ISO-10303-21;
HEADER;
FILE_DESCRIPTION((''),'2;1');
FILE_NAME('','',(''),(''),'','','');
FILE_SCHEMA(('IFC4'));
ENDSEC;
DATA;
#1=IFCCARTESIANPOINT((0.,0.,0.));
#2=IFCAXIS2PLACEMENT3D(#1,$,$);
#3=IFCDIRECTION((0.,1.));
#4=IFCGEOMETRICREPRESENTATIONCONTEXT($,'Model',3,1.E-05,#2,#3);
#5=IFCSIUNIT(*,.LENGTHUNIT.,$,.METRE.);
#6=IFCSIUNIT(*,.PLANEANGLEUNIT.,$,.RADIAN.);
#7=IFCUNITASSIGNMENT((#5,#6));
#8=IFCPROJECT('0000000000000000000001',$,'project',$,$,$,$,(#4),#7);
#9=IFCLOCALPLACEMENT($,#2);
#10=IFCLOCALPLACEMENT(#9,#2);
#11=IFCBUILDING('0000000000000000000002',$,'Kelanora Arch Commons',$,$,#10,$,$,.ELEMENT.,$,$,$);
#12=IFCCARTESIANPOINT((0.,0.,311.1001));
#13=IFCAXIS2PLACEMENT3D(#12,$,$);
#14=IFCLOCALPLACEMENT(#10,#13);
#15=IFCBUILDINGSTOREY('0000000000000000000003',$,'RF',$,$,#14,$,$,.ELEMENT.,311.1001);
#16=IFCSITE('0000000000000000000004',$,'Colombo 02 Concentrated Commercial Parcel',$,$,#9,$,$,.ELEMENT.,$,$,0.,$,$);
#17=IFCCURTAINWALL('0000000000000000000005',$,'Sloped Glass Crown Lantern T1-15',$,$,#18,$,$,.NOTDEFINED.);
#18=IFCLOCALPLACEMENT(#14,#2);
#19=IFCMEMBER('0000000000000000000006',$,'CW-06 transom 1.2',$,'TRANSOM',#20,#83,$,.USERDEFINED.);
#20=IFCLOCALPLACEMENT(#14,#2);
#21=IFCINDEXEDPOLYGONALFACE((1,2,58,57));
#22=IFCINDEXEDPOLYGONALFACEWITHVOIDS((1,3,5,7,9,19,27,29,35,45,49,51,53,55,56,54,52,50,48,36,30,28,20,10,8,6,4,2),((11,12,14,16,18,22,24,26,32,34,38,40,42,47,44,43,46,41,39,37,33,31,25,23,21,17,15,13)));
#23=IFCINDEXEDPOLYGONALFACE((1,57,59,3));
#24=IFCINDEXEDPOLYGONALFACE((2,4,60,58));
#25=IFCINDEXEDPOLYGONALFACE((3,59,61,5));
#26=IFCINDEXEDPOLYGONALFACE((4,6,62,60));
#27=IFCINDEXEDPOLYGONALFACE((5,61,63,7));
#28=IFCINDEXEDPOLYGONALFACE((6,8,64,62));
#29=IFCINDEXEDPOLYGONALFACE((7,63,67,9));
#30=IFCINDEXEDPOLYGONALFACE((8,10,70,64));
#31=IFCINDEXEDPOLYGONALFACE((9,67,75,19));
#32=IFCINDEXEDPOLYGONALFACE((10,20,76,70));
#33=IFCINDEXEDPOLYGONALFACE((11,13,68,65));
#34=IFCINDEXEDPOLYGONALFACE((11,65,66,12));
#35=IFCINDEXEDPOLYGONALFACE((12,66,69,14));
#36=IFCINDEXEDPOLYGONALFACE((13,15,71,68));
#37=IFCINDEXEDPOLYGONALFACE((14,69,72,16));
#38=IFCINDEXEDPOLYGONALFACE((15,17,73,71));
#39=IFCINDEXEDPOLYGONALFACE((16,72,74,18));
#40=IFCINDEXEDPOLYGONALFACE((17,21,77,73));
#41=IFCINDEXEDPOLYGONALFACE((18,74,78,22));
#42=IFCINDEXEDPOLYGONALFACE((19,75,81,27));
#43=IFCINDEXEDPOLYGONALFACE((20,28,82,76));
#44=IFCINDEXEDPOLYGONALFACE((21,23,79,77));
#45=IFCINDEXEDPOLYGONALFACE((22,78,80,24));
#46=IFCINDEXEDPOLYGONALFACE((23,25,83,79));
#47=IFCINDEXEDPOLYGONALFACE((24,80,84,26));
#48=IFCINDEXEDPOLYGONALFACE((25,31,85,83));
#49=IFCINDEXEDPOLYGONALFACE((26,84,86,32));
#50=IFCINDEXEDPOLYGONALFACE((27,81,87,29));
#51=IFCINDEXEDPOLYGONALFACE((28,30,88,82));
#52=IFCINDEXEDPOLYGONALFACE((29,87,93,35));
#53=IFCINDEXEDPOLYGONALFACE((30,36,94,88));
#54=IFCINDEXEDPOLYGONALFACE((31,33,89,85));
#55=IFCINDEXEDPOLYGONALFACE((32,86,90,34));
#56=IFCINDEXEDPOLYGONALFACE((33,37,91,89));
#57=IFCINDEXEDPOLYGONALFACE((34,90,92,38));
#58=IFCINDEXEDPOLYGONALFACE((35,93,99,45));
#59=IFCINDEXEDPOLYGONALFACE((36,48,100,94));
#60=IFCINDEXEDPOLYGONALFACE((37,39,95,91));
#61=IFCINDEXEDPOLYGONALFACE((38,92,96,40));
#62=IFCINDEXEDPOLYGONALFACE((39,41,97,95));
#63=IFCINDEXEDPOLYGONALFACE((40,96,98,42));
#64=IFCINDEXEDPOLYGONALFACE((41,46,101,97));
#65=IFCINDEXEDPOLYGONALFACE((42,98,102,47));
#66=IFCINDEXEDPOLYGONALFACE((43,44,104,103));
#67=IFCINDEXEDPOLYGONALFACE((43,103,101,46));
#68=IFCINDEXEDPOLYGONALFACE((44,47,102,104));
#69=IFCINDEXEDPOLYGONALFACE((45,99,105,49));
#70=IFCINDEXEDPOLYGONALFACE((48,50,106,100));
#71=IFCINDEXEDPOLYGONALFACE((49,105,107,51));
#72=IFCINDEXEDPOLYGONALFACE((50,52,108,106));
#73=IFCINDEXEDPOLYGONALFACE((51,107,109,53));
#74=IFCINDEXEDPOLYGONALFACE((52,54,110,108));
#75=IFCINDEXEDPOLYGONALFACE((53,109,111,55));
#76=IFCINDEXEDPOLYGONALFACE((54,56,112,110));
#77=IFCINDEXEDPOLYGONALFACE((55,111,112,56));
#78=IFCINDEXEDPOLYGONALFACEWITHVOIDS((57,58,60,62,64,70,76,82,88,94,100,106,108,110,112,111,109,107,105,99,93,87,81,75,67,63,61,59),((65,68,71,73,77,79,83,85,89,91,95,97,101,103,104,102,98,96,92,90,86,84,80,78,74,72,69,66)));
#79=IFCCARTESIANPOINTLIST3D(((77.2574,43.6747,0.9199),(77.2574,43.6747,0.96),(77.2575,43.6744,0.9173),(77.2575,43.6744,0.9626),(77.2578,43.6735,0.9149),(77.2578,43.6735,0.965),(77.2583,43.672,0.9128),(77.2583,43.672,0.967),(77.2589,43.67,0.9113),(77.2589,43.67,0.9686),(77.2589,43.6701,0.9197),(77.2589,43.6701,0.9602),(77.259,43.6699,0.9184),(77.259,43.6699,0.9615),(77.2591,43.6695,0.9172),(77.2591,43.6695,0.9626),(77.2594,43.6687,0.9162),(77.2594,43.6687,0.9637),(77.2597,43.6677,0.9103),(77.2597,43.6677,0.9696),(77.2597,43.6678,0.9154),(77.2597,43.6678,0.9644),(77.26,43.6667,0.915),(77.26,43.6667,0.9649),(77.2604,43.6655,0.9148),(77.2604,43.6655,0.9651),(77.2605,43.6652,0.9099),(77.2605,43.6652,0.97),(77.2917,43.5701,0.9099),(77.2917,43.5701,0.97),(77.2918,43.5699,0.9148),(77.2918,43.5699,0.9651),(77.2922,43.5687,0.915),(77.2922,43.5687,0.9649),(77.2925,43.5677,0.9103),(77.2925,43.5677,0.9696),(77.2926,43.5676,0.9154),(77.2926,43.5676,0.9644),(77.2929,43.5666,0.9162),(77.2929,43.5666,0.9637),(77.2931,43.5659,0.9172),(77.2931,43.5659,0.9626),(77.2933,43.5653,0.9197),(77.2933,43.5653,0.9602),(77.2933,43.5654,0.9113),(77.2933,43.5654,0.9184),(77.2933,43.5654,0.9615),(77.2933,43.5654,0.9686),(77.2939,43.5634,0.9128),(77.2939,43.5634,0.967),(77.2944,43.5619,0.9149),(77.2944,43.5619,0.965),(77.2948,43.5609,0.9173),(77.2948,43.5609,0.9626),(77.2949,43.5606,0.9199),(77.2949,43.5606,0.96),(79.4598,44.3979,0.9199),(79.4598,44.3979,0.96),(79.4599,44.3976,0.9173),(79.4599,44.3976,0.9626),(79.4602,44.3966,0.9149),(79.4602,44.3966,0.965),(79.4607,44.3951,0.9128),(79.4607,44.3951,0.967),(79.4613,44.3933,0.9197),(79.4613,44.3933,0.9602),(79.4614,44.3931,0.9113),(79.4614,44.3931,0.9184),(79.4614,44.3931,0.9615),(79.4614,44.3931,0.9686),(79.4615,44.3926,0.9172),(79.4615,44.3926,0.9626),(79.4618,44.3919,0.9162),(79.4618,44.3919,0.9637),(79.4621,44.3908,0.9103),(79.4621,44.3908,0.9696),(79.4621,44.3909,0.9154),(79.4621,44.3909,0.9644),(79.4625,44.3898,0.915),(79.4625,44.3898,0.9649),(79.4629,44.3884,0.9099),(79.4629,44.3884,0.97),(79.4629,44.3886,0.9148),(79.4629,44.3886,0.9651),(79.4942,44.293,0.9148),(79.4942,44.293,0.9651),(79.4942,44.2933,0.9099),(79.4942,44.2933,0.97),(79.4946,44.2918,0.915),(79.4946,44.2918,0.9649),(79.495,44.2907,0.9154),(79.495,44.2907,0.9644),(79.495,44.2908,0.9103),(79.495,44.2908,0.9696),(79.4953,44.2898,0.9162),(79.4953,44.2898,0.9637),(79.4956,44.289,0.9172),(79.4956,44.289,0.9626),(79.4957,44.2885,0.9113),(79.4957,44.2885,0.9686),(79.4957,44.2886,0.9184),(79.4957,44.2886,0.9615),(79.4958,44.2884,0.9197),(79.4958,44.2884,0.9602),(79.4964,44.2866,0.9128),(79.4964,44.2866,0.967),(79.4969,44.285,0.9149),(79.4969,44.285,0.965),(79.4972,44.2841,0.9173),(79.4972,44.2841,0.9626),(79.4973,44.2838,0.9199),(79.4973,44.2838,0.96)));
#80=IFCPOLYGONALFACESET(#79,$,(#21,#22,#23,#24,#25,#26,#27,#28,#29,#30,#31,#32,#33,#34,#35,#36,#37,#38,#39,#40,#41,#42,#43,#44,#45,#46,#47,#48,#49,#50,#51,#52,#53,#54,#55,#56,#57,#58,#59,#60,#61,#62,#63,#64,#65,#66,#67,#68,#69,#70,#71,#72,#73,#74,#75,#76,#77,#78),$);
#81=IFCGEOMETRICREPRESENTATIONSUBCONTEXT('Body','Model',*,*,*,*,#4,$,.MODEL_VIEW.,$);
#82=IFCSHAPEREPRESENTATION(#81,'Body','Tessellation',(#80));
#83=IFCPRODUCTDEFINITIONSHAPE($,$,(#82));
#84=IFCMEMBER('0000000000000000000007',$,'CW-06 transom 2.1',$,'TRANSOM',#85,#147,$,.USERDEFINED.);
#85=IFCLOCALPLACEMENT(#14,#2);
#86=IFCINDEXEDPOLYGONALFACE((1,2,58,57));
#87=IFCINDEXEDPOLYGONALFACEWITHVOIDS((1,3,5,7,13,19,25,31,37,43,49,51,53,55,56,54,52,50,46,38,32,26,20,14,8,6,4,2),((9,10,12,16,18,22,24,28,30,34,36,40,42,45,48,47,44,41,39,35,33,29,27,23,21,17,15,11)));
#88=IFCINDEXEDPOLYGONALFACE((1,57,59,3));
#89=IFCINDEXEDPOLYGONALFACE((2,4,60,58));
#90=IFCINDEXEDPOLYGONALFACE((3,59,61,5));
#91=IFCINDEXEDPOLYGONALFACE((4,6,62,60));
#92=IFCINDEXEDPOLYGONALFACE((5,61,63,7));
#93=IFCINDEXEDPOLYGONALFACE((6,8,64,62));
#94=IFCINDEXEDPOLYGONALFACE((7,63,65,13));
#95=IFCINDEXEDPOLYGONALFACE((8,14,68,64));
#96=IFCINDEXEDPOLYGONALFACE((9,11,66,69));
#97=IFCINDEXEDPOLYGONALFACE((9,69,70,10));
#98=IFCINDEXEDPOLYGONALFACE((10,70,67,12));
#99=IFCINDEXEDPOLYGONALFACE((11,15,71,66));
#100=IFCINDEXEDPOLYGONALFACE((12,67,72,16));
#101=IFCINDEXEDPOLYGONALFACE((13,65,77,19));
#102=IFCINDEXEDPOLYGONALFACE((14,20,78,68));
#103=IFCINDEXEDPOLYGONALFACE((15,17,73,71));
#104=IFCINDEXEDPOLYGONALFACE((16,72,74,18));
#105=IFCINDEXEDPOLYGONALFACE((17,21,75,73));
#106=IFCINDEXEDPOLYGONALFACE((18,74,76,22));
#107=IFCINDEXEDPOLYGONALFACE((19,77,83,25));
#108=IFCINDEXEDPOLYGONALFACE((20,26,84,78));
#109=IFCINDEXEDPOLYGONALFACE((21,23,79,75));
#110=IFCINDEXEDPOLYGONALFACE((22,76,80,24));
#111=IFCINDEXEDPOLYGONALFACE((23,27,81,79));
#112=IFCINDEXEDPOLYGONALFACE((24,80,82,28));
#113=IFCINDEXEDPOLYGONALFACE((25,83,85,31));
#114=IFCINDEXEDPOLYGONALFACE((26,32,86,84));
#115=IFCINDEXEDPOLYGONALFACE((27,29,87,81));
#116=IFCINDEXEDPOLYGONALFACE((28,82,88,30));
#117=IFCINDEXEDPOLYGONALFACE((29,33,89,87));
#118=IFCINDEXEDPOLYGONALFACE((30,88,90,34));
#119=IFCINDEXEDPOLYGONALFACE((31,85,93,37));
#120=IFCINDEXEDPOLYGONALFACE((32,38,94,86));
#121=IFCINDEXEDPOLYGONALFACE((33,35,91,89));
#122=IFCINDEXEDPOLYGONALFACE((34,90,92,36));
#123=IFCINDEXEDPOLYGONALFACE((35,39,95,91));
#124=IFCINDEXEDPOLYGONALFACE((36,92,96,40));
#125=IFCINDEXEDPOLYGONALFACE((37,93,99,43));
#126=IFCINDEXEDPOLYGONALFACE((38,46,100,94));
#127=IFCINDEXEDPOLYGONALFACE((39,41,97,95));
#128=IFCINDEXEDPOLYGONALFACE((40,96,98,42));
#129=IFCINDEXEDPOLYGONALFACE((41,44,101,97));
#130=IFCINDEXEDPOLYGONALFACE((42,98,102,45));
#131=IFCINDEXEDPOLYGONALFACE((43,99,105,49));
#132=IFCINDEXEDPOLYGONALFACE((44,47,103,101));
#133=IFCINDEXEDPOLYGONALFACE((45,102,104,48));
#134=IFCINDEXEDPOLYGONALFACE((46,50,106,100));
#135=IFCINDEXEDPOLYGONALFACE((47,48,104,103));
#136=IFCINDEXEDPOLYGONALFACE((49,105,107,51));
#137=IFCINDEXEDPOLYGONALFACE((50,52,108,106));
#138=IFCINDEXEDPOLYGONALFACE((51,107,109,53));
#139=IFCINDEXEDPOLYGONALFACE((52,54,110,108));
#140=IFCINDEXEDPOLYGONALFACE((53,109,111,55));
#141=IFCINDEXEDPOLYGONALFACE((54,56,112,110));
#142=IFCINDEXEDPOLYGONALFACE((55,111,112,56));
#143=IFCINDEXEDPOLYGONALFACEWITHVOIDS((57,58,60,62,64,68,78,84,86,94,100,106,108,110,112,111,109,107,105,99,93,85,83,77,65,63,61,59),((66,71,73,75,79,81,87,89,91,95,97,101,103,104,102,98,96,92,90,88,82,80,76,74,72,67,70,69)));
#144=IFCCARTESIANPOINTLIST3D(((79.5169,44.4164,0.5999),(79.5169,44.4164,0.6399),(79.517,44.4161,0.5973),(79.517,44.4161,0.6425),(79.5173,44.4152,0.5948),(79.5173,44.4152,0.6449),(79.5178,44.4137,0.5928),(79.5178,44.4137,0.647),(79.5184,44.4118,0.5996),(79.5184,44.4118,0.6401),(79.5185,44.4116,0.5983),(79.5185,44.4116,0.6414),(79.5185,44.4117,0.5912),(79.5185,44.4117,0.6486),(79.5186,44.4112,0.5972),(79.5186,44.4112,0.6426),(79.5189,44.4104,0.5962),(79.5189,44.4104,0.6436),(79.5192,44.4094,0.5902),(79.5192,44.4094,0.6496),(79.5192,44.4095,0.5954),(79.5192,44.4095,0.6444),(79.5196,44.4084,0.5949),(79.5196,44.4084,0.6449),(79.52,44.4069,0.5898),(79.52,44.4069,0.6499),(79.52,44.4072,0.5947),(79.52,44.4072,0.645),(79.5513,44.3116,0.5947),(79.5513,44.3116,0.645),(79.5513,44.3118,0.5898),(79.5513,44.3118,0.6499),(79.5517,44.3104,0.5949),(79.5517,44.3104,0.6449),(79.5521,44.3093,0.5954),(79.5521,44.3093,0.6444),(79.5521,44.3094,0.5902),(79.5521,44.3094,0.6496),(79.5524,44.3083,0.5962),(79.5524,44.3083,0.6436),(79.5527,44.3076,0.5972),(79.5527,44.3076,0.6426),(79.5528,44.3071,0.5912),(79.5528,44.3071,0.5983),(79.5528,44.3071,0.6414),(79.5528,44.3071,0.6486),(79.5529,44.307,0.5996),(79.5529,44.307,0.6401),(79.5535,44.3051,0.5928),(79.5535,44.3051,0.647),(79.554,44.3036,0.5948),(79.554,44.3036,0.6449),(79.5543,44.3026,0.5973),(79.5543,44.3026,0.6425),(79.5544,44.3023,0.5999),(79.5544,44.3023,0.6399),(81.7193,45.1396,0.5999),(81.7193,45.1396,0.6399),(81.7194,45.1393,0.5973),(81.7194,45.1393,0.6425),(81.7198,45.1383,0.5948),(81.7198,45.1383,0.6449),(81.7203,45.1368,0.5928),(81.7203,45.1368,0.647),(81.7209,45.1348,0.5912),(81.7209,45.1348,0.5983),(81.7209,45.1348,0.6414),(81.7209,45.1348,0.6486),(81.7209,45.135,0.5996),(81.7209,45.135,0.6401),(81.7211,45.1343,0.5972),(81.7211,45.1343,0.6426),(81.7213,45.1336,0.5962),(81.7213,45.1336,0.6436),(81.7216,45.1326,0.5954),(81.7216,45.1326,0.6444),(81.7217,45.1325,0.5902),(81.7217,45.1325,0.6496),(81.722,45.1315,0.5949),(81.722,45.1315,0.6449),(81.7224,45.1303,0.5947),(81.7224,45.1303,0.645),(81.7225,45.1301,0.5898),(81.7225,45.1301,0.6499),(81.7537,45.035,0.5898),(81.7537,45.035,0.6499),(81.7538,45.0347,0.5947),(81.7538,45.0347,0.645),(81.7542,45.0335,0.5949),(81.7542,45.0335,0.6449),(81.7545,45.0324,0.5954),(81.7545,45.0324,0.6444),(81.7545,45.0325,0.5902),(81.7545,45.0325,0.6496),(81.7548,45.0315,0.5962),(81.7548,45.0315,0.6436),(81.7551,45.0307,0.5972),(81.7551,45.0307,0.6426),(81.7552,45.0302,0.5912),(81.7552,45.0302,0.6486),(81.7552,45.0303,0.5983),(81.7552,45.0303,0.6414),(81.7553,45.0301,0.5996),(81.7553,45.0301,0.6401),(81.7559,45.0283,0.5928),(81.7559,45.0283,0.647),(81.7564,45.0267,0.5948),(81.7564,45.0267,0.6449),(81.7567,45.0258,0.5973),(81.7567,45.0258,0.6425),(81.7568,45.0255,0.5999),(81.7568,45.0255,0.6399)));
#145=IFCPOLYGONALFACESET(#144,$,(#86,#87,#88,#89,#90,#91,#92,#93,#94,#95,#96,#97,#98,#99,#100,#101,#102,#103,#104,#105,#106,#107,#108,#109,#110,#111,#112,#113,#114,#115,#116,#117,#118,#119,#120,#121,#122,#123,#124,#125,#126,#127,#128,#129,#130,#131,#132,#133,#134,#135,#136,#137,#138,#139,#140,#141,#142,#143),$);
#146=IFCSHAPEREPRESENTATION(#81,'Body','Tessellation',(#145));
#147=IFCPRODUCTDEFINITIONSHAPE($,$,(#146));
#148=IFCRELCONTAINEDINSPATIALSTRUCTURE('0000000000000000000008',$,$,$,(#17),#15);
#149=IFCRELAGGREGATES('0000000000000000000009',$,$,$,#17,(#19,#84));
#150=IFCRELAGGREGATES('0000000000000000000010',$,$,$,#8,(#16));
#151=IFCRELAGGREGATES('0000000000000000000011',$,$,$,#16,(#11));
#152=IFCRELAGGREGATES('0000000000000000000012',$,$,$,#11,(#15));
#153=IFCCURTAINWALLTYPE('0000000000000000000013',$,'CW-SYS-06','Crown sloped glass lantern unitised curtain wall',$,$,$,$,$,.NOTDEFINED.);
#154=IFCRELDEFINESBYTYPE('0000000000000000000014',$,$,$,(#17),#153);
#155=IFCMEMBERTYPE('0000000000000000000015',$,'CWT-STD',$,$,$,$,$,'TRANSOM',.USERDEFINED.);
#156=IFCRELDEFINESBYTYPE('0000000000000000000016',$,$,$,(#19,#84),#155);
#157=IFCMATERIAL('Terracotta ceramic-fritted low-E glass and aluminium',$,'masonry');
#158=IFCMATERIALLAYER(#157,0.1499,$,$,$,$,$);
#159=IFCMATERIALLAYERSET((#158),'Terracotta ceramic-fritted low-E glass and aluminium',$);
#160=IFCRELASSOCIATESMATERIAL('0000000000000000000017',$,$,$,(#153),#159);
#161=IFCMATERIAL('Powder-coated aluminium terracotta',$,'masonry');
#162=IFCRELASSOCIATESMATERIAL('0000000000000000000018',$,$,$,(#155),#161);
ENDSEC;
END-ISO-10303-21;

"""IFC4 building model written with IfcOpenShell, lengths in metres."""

from ifc_helpers import new_model, si_unit, direction, frame, origin, origin_2d, place, context, subcontext, project, spatial, hollow_rectangle, extrude, material, layer, layer_set, material_profile, profile_set, type_object, element, aggregate, save


model = new_model("IFC4")

# Units and contexts
model_context = context("Model", 3, precision=1e-05, world=origin(), true_north=direction((0.0, 1.0)))
body_context = subcontext(model_context, "Body", "Model", "MODEL_VIEW")
ifc_project = project(units=[si_unit("LENGTHUNIT", "METRE"), si_unit("PLANEANGLEUNIT", "RADIAN")], contexts=[model_context])

# Site, building, storey
site_placement = place(None, origin())
site = spatial("IfcSite", under=ifc_project, at=site_placement, Name="Colombo 02 Concentrated Commercial Parcel", CompositionType="ELEMENT", RefElevation=0.0)
building_placement = place(site_placement, origin())
building = spatial("IfcBuilding", under=site, at=building_placement, Name="Kelanora Arch Commons", CompositionType="ELEMENT")
storey_placement = place(building_placement, frame((0.0, 0.0, 311.1001)))
storey = spatial("IfcBuildingStorey", under=building, at=storey_placement, Name="RF", CompositionType="ELEMENT", Elevation=311.1001)

# Curtain wall
ifc_material_1 = material(Name="Terracotta ceramic-fritted low-E glass and aluminium", Category="masonry")
ifc_layer_1 = layer(ifc_material_1, 0.1499)
ifc_layer_set_1 = layer_set([ifc_layer_1], Name="Terracotta ceramic-fritted low-E glass and aluminium")
curtain_wall_type = type_object("IfcCurtainWallType", Name="CW-SYS-06", Description="Crown sloped glass lantern unitised curtain wall", PredefinedType="NOTDEFINED", material=ifc_layer_set_1)
ifc_material_2 = material(Name="Powder-coated aluminium terracotta", Category="masonry")
curtain_wall_1_placement = place(storey_placement, origin())
curtain_wall_1 = element("IfcCurtainWall", 1, at=curtain_wall_1_placement, inside=storey, type_object=curtain_wall_type, Name="Sloped Glass Crown Lantern T1-15", PredefinedType="NOTDEFINED")

# Members
ifc_material_profile_1 = material_profile(ifc_material_2, hollow_rectangle(XDim=0.1201, YDim=0.0601, WallThickness=0.0049, InnerFilletRadius=0.0049, OuterFilletRadius=0.01, at=origin_2d()), Name="CWT120x60")
ifc_profile_set_1 = profile_set([ifc_material_profile_1], Name="Powder-coated aluminium terracotta")
member_type_1 = type_object("IfcMemberType", Name="CWT-STD", ElementType="TRANSOM", PredefinedType="USERDEFINED", material=ifc_profile_set_1)
member_1_placement = place(storey_placement, frame((77.2761, 43.6177, 0.9399), z_axis=(0.950096, 0.311959, 0.0), x_axis=(-0.311959, 0.950096, 0.0)))
member_1 = element("IfcMember", 2, at=member_1_placement, type_object=member_type_1, Name="CW-06 transom 1.2", ObjectType="TRANSOM", PredefinedType="USERDEFINED", context=body_context, shape_type="SweptSolid", body=[
    extrude(hollow_rectangle(XDim=0.1201, YDim=0.0601, WallThickness=0.0049, InnerFilletRadius=0.0049, OuterFilletRadius=0.01, at=origin_2d()), origin(), (0.0, 0.0, 1.0), 2.3181),
])
member_2_placement = place(storey_placement, frame((79.5356, 44.3594, 0.6199), z_axis=(0.950096, 0.311959, 0.0), x_axis=(-0.311959, 0.950096, 0.0)))
member_2 = element("IfcMember", 3, at=member_2_placement, type_object=member_type_1, Name="CW-06 transom 2.1", ObjectType="TRANSOM", PredefinedType="USERDEFINED", context=body_context, shape_type="SweptSolid", body=[
    extrude(hollow_rectangle(XDim=0.1201, YDim=0.0601, WallThickness=0.0049, InnerFilletRadius=0.0049, OuterFilletRadius=0.01, at=origin_2d()), origin(), (0.0, 0.0, 1.0), 2.3181),
])

aggregate(curtain_wall_1, [member_1, member_2])

save(model, "model.ifc")
